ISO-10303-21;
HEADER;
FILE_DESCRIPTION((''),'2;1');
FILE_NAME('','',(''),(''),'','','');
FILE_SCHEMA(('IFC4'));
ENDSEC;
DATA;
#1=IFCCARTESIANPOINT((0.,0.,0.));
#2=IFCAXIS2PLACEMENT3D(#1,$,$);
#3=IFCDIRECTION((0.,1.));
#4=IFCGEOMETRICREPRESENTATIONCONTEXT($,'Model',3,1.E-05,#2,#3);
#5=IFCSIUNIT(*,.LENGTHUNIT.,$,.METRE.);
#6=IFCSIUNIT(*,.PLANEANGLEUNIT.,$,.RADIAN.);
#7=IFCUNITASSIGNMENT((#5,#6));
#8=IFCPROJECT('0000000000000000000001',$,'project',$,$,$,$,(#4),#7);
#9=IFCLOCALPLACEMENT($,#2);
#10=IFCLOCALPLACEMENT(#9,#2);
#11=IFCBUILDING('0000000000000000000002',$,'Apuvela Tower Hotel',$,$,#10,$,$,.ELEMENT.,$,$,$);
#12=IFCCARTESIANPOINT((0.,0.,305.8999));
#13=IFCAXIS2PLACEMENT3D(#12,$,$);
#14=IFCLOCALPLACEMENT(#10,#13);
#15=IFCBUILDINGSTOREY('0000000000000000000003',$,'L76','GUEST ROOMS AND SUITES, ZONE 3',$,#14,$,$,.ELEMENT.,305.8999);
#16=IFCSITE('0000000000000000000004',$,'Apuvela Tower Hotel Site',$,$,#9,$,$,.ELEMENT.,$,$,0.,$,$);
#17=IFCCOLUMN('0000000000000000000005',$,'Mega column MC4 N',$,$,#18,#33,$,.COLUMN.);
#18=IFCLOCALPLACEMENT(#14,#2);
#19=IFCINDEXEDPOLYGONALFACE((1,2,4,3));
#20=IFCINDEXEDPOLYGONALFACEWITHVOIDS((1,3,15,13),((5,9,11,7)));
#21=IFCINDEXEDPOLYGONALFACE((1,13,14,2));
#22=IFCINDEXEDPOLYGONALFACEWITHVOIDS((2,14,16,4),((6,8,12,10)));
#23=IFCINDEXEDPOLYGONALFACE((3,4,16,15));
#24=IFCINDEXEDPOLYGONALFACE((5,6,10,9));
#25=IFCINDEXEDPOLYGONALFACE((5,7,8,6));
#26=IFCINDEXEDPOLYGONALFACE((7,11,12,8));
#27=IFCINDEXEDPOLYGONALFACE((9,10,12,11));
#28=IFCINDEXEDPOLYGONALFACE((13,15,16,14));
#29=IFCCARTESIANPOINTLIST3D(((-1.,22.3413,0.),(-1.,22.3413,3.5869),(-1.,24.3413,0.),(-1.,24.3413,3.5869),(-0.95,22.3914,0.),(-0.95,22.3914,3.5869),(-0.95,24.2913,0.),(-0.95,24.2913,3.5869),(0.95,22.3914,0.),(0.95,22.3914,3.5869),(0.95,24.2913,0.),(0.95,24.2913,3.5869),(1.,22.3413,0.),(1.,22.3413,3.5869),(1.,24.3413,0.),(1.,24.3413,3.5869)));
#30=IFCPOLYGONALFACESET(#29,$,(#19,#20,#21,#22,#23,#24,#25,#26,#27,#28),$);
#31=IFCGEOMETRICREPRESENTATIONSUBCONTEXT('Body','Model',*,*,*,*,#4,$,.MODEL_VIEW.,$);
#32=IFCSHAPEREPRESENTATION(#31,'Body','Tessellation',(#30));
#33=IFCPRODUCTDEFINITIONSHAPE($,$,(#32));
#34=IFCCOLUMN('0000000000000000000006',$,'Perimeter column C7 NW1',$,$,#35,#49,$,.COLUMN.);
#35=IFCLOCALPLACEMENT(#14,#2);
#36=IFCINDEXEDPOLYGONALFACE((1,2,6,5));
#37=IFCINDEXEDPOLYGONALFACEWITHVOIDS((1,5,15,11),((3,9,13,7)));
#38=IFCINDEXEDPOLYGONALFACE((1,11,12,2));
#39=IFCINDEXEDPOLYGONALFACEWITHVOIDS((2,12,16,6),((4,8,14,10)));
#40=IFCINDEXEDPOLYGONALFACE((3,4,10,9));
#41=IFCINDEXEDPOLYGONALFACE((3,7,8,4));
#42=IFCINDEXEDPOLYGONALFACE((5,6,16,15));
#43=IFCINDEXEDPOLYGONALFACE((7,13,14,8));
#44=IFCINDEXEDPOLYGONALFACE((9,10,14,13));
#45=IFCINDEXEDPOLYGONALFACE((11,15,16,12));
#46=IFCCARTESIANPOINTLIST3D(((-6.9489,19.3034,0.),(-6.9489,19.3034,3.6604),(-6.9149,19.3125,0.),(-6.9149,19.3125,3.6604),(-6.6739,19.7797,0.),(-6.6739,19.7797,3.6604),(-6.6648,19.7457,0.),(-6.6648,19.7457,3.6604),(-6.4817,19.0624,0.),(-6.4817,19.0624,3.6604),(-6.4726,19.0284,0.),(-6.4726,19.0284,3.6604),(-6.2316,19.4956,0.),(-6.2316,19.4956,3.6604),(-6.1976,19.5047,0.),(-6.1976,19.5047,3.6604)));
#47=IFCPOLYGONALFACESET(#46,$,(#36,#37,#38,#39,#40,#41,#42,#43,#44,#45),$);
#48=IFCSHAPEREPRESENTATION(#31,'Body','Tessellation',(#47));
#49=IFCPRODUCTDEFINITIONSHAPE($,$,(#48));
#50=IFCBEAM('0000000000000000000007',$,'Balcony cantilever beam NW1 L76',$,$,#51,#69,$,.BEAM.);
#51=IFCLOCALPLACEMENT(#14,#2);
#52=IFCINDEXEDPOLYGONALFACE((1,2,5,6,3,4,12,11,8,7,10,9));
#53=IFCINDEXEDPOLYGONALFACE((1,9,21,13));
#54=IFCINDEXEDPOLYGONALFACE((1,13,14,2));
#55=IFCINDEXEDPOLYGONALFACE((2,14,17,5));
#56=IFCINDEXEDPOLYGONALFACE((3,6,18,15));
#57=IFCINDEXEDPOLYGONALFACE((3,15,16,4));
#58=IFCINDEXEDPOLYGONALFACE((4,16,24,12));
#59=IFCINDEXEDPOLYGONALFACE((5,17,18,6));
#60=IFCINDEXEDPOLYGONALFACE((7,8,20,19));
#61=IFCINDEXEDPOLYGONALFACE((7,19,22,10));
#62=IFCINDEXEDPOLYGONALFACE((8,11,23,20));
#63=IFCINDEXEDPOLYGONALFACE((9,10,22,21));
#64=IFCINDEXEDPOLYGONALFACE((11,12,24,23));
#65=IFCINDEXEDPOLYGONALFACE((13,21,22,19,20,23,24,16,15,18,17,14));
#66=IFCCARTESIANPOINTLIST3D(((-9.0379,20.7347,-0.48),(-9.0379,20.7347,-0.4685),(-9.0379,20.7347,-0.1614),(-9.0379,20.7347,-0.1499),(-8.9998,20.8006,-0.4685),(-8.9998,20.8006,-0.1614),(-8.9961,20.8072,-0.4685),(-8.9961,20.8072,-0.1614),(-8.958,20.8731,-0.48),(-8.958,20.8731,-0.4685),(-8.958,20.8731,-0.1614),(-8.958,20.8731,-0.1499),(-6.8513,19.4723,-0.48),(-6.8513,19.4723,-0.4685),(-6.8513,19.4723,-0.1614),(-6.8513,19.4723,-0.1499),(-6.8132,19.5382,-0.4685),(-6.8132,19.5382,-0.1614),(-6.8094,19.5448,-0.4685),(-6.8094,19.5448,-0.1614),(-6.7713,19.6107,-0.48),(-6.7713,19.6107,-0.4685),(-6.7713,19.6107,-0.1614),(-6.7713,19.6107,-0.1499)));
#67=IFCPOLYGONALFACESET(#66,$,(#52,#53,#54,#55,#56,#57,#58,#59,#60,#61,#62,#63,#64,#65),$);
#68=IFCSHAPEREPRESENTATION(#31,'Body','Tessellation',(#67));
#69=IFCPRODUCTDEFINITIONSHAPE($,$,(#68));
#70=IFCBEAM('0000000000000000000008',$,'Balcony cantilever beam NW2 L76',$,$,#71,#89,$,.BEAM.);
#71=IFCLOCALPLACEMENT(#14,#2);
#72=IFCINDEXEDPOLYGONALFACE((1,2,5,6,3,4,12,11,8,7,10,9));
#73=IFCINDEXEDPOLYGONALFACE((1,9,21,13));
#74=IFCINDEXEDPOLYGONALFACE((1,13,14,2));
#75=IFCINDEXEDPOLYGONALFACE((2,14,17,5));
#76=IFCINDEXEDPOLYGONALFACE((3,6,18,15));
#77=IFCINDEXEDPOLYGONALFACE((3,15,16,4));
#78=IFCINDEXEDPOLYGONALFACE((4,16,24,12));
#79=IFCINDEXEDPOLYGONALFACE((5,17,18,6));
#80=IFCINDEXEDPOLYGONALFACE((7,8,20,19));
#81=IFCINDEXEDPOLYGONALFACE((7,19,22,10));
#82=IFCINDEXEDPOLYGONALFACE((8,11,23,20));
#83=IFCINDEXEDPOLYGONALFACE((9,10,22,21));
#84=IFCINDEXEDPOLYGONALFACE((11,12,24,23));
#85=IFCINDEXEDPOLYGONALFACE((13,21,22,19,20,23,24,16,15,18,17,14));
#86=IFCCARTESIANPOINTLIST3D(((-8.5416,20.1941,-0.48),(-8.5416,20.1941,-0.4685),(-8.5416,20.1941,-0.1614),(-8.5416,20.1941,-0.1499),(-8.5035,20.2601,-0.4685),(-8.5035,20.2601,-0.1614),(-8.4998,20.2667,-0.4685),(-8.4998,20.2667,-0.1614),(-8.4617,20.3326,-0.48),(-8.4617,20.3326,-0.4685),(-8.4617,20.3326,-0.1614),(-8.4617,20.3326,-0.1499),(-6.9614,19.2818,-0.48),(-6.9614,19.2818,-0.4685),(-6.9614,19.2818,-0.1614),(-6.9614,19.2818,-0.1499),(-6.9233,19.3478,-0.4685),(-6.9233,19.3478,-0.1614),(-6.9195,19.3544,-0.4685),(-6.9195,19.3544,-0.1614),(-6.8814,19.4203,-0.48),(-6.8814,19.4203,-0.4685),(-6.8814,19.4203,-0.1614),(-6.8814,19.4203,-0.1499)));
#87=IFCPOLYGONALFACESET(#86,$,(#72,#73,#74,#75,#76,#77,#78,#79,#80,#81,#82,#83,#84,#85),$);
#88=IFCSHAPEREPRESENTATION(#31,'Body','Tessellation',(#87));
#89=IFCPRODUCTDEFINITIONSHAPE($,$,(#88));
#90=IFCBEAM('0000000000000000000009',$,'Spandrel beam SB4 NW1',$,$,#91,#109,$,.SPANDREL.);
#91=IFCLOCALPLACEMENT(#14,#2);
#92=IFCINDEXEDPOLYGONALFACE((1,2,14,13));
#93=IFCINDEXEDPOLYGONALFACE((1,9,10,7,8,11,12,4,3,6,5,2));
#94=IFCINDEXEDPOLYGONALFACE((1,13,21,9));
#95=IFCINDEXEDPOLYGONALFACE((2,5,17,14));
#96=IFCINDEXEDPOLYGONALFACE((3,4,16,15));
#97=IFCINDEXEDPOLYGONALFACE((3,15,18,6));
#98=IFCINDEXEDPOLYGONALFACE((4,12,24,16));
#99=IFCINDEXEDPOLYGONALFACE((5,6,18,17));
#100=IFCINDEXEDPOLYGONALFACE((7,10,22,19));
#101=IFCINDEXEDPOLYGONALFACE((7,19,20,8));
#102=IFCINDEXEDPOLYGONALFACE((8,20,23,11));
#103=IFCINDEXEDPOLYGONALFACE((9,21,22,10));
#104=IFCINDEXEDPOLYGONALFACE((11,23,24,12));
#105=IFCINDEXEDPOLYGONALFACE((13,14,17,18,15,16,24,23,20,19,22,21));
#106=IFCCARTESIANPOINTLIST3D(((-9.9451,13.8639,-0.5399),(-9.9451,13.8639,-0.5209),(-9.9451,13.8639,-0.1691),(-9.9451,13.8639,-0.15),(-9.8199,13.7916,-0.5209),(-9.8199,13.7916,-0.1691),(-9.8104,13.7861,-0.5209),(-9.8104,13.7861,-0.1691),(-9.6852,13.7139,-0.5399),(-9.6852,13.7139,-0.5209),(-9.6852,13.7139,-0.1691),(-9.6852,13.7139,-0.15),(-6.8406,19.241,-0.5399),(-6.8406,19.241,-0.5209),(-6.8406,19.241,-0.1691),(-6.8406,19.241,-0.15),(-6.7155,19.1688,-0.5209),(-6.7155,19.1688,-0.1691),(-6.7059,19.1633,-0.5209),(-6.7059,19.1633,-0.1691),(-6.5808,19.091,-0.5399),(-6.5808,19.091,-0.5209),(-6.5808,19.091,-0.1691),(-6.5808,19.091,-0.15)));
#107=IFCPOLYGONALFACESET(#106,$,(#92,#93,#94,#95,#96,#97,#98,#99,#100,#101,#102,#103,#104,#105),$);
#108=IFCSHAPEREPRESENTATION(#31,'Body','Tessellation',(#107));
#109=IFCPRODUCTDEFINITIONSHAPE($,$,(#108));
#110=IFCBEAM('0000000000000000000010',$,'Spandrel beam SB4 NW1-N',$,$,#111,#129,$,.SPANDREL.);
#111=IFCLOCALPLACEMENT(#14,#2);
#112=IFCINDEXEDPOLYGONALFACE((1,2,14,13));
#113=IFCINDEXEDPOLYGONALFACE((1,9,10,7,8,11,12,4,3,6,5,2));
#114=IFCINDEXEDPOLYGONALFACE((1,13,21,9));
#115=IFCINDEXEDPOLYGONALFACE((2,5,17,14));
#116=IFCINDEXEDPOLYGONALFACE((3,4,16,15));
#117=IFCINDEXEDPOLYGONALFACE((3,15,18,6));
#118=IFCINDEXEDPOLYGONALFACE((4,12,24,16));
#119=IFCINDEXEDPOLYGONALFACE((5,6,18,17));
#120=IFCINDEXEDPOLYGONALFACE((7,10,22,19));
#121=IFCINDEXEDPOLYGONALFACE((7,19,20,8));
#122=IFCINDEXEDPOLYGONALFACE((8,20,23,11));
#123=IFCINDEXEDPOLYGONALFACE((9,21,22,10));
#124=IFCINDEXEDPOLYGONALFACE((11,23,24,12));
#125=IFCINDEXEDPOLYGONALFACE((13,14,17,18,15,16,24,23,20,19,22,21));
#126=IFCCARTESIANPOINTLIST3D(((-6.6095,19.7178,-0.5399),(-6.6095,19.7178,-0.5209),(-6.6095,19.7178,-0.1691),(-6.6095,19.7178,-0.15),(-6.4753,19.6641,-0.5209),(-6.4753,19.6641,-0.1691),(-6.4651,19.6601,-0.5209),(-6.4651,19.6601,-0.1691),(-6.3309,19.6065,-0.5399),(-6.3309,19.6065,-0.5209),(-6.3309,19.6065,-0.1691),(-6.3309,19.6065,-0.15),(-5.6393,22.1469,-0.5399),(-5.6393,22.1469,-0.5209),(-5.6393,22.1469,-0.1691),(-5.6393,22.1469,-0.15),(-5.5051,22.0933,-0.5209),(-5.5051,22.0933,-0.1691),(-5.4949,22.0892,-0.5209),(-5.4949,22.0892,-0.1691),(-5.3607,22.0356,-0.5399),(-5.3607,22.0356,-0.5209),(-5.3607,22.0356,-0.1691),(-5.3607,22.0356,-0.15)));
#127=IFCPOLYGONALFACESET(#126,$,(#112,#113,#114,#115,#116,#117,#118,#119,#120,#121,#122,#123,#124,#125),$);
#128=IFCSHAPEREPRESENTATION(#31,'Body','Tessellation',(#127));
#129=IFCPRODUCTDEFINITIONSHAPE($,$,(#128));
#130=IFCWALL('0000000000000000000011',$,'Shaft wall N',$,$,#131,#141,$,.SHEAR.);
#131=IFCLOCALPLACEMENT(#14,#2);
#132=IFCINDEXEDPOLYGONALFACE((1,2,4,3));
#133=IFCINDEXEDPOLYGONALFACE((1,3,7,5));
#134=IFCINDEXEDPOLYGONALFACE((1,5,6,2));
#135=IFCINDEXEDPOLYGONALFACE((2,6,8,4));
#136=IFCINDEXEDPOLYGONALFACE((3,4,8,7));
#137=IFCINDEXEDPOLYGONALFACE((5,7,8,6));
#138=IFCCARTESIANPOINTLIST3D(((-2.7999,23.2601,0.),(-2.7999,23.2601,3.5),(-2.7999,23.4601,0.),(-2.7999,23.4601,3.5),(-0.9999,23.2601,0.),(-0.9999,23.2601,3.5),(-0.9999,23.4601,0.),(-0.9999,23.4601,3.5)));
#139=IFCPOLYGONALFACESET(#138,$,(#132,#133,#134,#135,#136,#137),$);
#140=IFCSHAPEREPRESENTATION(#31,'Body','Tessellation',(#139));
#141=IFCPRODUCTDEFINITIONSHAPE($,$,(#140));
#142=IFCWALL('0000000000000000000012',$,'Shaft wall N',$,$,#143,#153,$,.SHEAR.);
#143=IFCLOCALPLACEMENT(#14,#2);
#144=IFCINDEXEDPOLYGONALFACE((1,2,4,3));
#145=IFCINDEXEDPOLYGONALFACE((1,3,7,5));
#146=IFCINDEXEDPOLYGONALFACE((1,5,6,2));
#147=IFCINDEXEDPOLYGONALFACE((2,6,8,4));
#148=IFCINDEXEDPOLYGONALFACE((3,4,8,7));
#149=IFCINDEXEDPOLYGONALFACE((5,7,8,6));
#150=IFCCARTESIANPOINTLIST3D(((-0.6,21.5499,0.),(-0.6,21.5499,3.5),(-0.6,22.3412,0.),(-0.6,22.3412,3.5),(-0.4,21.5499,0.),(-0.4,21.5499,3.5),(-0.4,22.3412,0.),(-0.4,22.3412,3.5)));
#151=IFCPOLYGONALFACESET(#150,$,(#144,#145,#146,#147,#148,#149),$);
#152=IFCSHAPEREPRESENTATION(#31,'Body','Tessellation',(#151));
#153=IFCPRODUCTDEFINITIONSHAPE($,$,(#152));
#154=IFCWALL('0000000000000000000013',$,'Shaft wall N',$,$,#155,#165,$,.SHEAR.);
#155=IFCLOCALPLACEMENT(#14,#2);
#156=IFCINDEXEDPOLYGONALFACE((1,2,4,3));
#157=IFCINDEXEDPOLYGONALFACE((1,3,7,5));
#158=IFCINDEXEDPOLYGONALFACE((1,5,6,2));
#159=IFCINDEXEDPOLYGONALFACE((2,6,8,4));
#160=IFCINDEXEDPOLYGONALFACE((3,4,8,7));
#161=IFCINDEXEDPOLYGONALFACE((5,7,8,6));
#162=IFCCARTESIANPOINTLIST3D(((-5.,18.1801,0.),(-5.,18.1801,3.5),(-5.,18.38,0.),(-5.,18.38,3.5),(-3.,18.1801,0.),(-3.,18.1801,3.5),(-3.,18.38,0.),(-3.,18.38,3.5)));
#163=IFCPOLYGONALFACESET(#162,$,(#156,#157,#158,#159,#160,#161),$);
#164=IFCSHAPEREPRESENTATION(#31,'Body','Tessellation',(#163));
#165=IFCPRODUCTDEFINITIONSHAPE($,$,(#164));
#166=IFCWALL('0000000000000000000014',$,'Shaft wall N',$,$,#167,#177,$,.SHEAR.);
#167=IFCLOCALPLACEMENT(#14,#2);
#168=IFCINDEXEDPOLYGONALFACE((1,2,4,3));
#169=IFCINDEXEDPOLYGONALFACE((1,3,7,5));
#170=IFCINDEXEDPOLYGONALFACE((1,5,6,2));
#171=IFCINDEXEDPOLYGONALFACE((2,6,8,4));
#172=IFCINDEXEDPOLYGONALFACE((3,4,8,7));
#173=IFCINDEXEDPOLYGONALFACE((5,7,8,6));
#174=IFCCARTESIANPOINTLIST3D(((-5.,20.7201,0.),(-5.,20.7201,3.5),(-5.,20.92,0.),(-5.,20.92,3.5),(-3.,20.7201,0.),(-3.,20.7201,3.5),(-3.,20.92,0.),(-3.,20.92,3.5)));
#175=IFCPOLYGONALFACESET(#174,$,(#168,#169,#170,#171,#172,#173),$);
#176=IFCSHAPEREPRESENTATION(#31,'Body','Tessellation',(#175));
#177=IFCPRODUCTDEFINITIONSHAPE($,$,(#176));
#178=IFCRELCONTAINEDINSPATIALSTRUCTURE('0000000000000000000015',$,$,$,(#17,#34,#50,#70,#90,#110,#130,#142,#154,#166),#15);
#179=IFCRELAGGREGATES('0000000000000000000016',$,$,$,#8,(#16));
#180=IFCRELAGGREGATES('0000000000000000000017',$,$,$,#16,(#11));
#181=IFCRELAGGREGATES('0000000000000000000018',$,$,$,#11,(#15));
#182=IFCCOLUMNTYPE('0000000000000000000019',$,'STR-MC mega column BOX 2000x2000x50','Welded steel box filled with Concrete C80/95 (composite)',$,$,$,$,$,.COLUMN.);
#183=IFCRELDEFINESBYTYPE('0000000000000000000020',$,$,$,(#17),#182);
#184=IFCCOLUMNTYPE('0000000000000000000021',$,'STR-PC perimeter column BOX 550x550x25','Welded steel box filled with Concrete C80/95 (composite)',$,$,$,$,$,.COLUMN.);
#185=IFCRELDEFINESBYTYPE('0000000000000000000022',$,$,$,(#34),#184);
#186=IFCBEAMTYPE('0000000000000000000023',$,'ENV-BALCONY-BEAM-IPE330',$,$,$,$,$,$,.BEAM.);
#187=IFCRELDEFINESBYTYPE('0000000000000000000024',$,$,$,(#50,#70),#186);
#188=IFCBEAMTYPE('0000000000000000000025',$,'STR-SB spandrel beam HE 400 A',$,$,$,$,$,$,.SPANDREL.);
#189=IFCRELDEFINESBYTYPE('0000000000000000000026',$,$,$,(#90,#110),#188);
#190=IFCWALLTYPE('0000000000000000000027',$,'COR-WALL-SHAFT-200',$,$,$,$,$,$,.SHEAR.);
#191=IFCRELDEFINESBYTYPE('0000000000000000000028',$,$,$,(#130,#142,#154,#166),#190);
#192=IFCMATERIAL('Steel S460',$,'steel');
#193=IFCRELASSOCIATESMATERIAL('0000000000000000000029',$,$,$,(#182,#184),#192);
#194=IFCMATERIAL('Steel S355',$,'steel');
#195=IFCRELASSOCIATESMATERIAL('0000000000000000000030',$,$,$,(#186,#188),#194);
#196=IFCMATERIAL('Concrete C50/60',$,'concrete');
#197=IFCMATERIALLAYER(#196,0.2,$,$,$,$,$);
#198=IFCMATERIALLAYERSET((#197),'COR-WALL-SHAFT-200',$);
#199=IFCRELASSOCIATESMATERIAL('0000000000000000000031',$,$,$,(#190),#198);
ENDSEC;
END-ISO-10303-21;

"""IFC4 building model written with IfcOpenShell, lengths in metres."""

from ifc_helpers import new_model, si_unit, direction, frame, frame_2d, origin, origin_2d, place, context, subcontext, project, spatial, rectangle, hollow_rectangle, i_section, extrude, boolean, halfspace, material, layer, layer_set, material_profile, profile_set, type_object, element, save


model = new_model("IFC4")

# Units and contexts
model_context = context("Model", 3, precision=1e-05, world=origin(), true_north=direction((0.0, 1.0)))
body_context = subcontext(model_context, "Body", "Model", "MODEL_VIEW")
ifc_project = project(units=[si_unit("LENGTHUNIT", "METRE"), si_unit("PLANEANGLEUNIT", "RADIAN")], contexts=[model_context])

# Site, building, storey
site_placement = place(None, origin())
site = spatial("IfcSite", under=ifc_project, at=site_placement, Name="Apuvela Tower Hotel Site", CompositionType="ELEMENT", RefElevation=0.0)
building_placement = place(site_placement, origin())
building = spatial("IfcBuilding", under=site, at=building_placement, Name="Apuvela Tower Hotel", CompositionType="ELEMENT")
storey_placement = place(building_placement, frame((0.0, 0.0, 305.8999)))
storey = spatial("IfcBuildingStorey", under=building, at=storey_placement, Name="L76", Description="GUEST ROOMS AND SUITES, ZONE 3", CompositionType="ELEMENT", Elevation=305.8999)

# Columns
ifc_material_1 = material(Name="Steel S460", Category="steel")
ifc_material_profile_1 = material_profile(ifc_material_1, hollow_rectangle(XDim=2.0, YDim=2.0, WallThickness=0.05, at=origin_2d()), Name="BOX 2000x2000x50")
ifc_material_2 = material(Name="Concrete C80/95", Category="concrete")
ifc_material_profile_2 = material_profile(ifc_material_2, rectangle(XDim=1.8999, YDim=1.8999, at=origin_2d()), Name="Concrete C80/95 infill")
ifc_profile_set_1 = profile_set([ifc_material_profile_1, ifc_material_profile_2], Name="Steel S460")
column_type_1 = type_object("IfcColumnType", Name="STR-MC mega column BOX 2000x2000x50", Description="Welded steel box filled with Concrete C80/95 (composite)", PredefinedType="COLUMN", material=ifc_profile_set_1)
column_1_placement = place(storey_placement, frame((0.0, 23.3413, 0.0), z_axis=(0.0, 0.0, 1.0), x_axis=(1.0, 0.0, 0.0)))
element("IfcColumn", 1, at=column_1_placement, inside=storey, type_object=column_type_1, Name="Mega column MC4 N", PredefinedType="COLUMN", context=body_context, shape_type="SweptSolid", body=[
    boolean("DIFFERENCE", extrude(hollow_rectangle(XDim=2.0, YDim=2.0, WallThickness=0.05, at=origin_2d()), origin(), (0.0, 0.0, 1.0), 3.7002), halfspace(frame((0.0, 0.0, 3.5869), z_axis=(0.0, 0.0, 1.0), x_axis=(1.0, 0.0, 0.0)), False)),
])
ifc_material_profile_3 = material_profile(ifc_material_1, hollow_rectangle(XDim=0.55, YDim=0.55, WallThickness=0.0249, at=origin_2d()), Name="BOX 550x550x25")
ifc_material_profile_4 = material_profile(ifc_material_2, rectangle(XDim=0.5, YDim=0.5, at=origin_2d()), Name="Concrete C80/95 infill")
ifc_profile_set_2 = profile_set([ifc_material_profile_3, ifc_material_profile_4], Name="Steel S460")
column_type_2 = type_object("IfcColumnType", Name="STR-PC perimeter column BOX 550x550x25", Description="Welded steel box filled with Concrete C80/95 (composite)", PredefinedType="COLUMN", material=ifc_profile_set_2)
column_2_placement = place(storey_placement, frame((-6.5732, 19.4041, 0.0), z_axis=(0.0, 0.0, 1.0), x_axis=(0.5, 0.866025, 0.0)))
element("IfcColumn", 2, at=column_2_placement, inside=storey, type_object=column_type_2, Name="Perimeter column C7 NW1", PredefinedType="COLUMN", context=body_context, shape_type="SweptSolid", body=[
    boolean("DIFFERENCE", extrude(hollow_rectangle(XDim=0.55, YDim=0.55, WallThickness=0.0249, at=origin_2d()), origin(), (0.0, 0.0, 1.0), 3.7002), halfspace(frame((0.0, 0.0, 3.6604), z_axis=(0.0, 0.0, 1.0), x_axis=(1.0, 0.0, 0.0)), False)),
])

# Beams
ifc_material_3 = material(Name="Steel S355", Category="steel")
ifc_material_profile_5 = material_profile(ifc_material_3, i_section(OverallWidth=0.1599, OverallDepth=0.3301, WebThickness=0.0076, FlangeThickness=0.0115, at=origin_2d()), Name="IPE 330")
ifc_profile_set_3 = profile_set([ifc_material_profile_5], Name="Steel S355")
beam_type_1 = type_object("IfcBeamType", Name="ENV-BALCONY-BEAM-IPE330", PredefinedType="BEAM", material=ifc_profile_set_3)
beam_1_placement = place(storey_placement, frame((-6.8113, 19.5415, -0.3149), z_axis=(-0.866039, 0.499976, 0.0), x_axis=(-0.499976, -0.866039, 0.0)))
element("IfcBeam", 3, at=beam_1_placement, inside=storey, type_object=beam_type_1, Name="Balcony cantilever beam NW1 L76", PredefinedType="BEAM", context=body_context, shape_type="SweptSolid", body=[
    extrude(i_section(OverallWidth=0.1599, OverallDepth=0.3301, WebThickness=0.0076, FlangeThickness=0.0115, at=origin_2d()), origin(), (0.0, 0.0, 1.0), 2.5249),
])
beam_2_placement = place(storey_placement, frame((-6.9214, 19.3511, -0.3149), z_axis=(-0.866036, 0.499981, 0.0), x_axis=(-0.499981, -0.866036, 0.0)))
element("IfcBeam", 4, at=beam_2_placement, inside=storey, type_object=beam_type_1, Name="Balcony cantilever beam NW2 L76", PredefinedType="BEAM", context=body_context, shape_type="SweptSolid", body=[
    extrude(i_section(OverallWidth=0.1599, OverallDepth=0.3301, WebThickness=0.0076, FlangeThickness=0.0115, at=origin_2d()), origin(), (0.0, 0.0, 1.0), 1.8247),
])
ifc_material_profile_6 = material_profile(ifc_material_3, i_section(OverallWidth=0.3, OverallDepth=0.3899, WebThickness=0.011, FlangeThickness=0.019, at=origin_2d()), Name="HE 400 A")
ifc_profile_set_4 = profile_set([ifc_material_profile_6], Name="Steel S355")
beam_type_2 = type_object("IfcBeamType", Name="STR-SB spandrel beam HE 400 A", PredefinedType="SPANDREL", material=ifc_profile_set_4)
beam_3_placement = place(storey_placement, frame((-6.7107, 19.166, -0.345), z_axis=(-0.499996, -0.866028, 0.0), x_axis=(0.866028, -0.499996, 0.0)))
element("IfcBeam", 5, at=beam_3_placement, inside=storey, type_object=beam_type_2, Name="Spandrel beam SB4 NW1", PredefinedType="SPANDREL", context=body_context, shape_type="SweptSolid", body=[
    extrude(i_section(OverallWidth=0.3, OverallDepth=0.3899, WebThickness=0.011, FlangeThickness=0.019, at=origin_2d()), origin(), (0.0, 0.0, 1.0), 6.209),
])
beam_4_placement = place(storey_placement, frame((-6.4702, 19.6621, -0.345), z_axis=(0.370908, 0.92867, 0.0), x_axis=(-0.92867, 0.370908, 0.0)))
element("IfcBeam", 6, at=beam_4_placement, inside=storey, type_object=beam_type_2, Name="Spandrel beam SB4 NW1-N", PredefinedType="SPANDREL", context=body_context, shape_type="SweptSolid", body=[
    extrude(i_section(OverallWidth=0.3, OverallDepth=0.3899, WebThickness=0.011, FlangeThickness=0.019, at=origin_2d()), origin(), (0.0, 0.0, 1.0), 2.6157),
])

# Walls
ifc_material_4 = material(Name="Concrete C50/60", Category="concrete")
ifc_layer_1 = layer(ifc_material_4, 0.2)
ifc_layer_set_1 = layer_set([ifc_layer_1], Name="COR-WALL-SHAFT-200")
wall_type_1 = type_object("IfcWallType", Name="COR-WALL-SHAFT-200", PredefinedType="SHEAR", material=ifc_layer_set_1)
wall_1_placement = place(storey_placement, frame((-1.0, 23.3601, 0.0), z_axis=(0.0, 0.0, 1.0), x_axis=(-1.0, 0.0, 0.0)))
element("IfcWall", 7, at=wall_1_placement, inside=storey, type_object=wall_type_1, Name="Shaft wall N", PredefinedType="SHEAR", context=body_context, shape_type="SweptSolid", body=[
    extrude(rectangle(XDim=1.8, YDim=0.2, at=frame_2d((0.8999, 0.0))), origin(), (0.0, 0.0, 1.0), 3.5),
])
wall_2_placement = place(storey_placement, frame((-0.5, 21.55, 0.0), z_axis=(0.0, 0.0, 1.0), x_axis=(0.0, 1.0, 0.0)))
element("IfcWall", 8, at=wall_2_placement, inside=storey, type_object=wall_type_1, Name="Shaft wall N", PredefinedType="SHEAR", context=body_context, shape_type="SweptSolid", body=[
    extrude(rectangle(XDim=0.7913, YDim=0.2, at=frame_2d((0.3955, 0.0))), origin(), (0.0, 0.0, 1.0), 3.5),
])
for number, where, z_axis, x_axis, name in (
    (9, (-3.0, 18.28, 0.0), (0.0, 0.0, 1.0), (-1.0, 0.0, 0.0), "Shaft wall N"),
    (10, (-3.0, 20.8201, 0.0), (0.0, 0.0, 1.0), (-1.0, 0.0, 0.0), "Shaft wall N"),
):
    element("IfcWall", number, at=place(storey_placement, frame(where, z_axis=z_axis, x_axis=x_axis)), inside=storey, type_object=wall_type_1, Name=name, PredefinedType="SHEAR", context=body_context, shape_type="SweptSolid", body=[
        extrude(rectangle(XDim=2.0, YDim=0.2, at=frame_2d((1.0, 0.0))), origin(), (0.0, 0.0, 1.0), 3.5),
    ])

save(model, "model.ifc")
